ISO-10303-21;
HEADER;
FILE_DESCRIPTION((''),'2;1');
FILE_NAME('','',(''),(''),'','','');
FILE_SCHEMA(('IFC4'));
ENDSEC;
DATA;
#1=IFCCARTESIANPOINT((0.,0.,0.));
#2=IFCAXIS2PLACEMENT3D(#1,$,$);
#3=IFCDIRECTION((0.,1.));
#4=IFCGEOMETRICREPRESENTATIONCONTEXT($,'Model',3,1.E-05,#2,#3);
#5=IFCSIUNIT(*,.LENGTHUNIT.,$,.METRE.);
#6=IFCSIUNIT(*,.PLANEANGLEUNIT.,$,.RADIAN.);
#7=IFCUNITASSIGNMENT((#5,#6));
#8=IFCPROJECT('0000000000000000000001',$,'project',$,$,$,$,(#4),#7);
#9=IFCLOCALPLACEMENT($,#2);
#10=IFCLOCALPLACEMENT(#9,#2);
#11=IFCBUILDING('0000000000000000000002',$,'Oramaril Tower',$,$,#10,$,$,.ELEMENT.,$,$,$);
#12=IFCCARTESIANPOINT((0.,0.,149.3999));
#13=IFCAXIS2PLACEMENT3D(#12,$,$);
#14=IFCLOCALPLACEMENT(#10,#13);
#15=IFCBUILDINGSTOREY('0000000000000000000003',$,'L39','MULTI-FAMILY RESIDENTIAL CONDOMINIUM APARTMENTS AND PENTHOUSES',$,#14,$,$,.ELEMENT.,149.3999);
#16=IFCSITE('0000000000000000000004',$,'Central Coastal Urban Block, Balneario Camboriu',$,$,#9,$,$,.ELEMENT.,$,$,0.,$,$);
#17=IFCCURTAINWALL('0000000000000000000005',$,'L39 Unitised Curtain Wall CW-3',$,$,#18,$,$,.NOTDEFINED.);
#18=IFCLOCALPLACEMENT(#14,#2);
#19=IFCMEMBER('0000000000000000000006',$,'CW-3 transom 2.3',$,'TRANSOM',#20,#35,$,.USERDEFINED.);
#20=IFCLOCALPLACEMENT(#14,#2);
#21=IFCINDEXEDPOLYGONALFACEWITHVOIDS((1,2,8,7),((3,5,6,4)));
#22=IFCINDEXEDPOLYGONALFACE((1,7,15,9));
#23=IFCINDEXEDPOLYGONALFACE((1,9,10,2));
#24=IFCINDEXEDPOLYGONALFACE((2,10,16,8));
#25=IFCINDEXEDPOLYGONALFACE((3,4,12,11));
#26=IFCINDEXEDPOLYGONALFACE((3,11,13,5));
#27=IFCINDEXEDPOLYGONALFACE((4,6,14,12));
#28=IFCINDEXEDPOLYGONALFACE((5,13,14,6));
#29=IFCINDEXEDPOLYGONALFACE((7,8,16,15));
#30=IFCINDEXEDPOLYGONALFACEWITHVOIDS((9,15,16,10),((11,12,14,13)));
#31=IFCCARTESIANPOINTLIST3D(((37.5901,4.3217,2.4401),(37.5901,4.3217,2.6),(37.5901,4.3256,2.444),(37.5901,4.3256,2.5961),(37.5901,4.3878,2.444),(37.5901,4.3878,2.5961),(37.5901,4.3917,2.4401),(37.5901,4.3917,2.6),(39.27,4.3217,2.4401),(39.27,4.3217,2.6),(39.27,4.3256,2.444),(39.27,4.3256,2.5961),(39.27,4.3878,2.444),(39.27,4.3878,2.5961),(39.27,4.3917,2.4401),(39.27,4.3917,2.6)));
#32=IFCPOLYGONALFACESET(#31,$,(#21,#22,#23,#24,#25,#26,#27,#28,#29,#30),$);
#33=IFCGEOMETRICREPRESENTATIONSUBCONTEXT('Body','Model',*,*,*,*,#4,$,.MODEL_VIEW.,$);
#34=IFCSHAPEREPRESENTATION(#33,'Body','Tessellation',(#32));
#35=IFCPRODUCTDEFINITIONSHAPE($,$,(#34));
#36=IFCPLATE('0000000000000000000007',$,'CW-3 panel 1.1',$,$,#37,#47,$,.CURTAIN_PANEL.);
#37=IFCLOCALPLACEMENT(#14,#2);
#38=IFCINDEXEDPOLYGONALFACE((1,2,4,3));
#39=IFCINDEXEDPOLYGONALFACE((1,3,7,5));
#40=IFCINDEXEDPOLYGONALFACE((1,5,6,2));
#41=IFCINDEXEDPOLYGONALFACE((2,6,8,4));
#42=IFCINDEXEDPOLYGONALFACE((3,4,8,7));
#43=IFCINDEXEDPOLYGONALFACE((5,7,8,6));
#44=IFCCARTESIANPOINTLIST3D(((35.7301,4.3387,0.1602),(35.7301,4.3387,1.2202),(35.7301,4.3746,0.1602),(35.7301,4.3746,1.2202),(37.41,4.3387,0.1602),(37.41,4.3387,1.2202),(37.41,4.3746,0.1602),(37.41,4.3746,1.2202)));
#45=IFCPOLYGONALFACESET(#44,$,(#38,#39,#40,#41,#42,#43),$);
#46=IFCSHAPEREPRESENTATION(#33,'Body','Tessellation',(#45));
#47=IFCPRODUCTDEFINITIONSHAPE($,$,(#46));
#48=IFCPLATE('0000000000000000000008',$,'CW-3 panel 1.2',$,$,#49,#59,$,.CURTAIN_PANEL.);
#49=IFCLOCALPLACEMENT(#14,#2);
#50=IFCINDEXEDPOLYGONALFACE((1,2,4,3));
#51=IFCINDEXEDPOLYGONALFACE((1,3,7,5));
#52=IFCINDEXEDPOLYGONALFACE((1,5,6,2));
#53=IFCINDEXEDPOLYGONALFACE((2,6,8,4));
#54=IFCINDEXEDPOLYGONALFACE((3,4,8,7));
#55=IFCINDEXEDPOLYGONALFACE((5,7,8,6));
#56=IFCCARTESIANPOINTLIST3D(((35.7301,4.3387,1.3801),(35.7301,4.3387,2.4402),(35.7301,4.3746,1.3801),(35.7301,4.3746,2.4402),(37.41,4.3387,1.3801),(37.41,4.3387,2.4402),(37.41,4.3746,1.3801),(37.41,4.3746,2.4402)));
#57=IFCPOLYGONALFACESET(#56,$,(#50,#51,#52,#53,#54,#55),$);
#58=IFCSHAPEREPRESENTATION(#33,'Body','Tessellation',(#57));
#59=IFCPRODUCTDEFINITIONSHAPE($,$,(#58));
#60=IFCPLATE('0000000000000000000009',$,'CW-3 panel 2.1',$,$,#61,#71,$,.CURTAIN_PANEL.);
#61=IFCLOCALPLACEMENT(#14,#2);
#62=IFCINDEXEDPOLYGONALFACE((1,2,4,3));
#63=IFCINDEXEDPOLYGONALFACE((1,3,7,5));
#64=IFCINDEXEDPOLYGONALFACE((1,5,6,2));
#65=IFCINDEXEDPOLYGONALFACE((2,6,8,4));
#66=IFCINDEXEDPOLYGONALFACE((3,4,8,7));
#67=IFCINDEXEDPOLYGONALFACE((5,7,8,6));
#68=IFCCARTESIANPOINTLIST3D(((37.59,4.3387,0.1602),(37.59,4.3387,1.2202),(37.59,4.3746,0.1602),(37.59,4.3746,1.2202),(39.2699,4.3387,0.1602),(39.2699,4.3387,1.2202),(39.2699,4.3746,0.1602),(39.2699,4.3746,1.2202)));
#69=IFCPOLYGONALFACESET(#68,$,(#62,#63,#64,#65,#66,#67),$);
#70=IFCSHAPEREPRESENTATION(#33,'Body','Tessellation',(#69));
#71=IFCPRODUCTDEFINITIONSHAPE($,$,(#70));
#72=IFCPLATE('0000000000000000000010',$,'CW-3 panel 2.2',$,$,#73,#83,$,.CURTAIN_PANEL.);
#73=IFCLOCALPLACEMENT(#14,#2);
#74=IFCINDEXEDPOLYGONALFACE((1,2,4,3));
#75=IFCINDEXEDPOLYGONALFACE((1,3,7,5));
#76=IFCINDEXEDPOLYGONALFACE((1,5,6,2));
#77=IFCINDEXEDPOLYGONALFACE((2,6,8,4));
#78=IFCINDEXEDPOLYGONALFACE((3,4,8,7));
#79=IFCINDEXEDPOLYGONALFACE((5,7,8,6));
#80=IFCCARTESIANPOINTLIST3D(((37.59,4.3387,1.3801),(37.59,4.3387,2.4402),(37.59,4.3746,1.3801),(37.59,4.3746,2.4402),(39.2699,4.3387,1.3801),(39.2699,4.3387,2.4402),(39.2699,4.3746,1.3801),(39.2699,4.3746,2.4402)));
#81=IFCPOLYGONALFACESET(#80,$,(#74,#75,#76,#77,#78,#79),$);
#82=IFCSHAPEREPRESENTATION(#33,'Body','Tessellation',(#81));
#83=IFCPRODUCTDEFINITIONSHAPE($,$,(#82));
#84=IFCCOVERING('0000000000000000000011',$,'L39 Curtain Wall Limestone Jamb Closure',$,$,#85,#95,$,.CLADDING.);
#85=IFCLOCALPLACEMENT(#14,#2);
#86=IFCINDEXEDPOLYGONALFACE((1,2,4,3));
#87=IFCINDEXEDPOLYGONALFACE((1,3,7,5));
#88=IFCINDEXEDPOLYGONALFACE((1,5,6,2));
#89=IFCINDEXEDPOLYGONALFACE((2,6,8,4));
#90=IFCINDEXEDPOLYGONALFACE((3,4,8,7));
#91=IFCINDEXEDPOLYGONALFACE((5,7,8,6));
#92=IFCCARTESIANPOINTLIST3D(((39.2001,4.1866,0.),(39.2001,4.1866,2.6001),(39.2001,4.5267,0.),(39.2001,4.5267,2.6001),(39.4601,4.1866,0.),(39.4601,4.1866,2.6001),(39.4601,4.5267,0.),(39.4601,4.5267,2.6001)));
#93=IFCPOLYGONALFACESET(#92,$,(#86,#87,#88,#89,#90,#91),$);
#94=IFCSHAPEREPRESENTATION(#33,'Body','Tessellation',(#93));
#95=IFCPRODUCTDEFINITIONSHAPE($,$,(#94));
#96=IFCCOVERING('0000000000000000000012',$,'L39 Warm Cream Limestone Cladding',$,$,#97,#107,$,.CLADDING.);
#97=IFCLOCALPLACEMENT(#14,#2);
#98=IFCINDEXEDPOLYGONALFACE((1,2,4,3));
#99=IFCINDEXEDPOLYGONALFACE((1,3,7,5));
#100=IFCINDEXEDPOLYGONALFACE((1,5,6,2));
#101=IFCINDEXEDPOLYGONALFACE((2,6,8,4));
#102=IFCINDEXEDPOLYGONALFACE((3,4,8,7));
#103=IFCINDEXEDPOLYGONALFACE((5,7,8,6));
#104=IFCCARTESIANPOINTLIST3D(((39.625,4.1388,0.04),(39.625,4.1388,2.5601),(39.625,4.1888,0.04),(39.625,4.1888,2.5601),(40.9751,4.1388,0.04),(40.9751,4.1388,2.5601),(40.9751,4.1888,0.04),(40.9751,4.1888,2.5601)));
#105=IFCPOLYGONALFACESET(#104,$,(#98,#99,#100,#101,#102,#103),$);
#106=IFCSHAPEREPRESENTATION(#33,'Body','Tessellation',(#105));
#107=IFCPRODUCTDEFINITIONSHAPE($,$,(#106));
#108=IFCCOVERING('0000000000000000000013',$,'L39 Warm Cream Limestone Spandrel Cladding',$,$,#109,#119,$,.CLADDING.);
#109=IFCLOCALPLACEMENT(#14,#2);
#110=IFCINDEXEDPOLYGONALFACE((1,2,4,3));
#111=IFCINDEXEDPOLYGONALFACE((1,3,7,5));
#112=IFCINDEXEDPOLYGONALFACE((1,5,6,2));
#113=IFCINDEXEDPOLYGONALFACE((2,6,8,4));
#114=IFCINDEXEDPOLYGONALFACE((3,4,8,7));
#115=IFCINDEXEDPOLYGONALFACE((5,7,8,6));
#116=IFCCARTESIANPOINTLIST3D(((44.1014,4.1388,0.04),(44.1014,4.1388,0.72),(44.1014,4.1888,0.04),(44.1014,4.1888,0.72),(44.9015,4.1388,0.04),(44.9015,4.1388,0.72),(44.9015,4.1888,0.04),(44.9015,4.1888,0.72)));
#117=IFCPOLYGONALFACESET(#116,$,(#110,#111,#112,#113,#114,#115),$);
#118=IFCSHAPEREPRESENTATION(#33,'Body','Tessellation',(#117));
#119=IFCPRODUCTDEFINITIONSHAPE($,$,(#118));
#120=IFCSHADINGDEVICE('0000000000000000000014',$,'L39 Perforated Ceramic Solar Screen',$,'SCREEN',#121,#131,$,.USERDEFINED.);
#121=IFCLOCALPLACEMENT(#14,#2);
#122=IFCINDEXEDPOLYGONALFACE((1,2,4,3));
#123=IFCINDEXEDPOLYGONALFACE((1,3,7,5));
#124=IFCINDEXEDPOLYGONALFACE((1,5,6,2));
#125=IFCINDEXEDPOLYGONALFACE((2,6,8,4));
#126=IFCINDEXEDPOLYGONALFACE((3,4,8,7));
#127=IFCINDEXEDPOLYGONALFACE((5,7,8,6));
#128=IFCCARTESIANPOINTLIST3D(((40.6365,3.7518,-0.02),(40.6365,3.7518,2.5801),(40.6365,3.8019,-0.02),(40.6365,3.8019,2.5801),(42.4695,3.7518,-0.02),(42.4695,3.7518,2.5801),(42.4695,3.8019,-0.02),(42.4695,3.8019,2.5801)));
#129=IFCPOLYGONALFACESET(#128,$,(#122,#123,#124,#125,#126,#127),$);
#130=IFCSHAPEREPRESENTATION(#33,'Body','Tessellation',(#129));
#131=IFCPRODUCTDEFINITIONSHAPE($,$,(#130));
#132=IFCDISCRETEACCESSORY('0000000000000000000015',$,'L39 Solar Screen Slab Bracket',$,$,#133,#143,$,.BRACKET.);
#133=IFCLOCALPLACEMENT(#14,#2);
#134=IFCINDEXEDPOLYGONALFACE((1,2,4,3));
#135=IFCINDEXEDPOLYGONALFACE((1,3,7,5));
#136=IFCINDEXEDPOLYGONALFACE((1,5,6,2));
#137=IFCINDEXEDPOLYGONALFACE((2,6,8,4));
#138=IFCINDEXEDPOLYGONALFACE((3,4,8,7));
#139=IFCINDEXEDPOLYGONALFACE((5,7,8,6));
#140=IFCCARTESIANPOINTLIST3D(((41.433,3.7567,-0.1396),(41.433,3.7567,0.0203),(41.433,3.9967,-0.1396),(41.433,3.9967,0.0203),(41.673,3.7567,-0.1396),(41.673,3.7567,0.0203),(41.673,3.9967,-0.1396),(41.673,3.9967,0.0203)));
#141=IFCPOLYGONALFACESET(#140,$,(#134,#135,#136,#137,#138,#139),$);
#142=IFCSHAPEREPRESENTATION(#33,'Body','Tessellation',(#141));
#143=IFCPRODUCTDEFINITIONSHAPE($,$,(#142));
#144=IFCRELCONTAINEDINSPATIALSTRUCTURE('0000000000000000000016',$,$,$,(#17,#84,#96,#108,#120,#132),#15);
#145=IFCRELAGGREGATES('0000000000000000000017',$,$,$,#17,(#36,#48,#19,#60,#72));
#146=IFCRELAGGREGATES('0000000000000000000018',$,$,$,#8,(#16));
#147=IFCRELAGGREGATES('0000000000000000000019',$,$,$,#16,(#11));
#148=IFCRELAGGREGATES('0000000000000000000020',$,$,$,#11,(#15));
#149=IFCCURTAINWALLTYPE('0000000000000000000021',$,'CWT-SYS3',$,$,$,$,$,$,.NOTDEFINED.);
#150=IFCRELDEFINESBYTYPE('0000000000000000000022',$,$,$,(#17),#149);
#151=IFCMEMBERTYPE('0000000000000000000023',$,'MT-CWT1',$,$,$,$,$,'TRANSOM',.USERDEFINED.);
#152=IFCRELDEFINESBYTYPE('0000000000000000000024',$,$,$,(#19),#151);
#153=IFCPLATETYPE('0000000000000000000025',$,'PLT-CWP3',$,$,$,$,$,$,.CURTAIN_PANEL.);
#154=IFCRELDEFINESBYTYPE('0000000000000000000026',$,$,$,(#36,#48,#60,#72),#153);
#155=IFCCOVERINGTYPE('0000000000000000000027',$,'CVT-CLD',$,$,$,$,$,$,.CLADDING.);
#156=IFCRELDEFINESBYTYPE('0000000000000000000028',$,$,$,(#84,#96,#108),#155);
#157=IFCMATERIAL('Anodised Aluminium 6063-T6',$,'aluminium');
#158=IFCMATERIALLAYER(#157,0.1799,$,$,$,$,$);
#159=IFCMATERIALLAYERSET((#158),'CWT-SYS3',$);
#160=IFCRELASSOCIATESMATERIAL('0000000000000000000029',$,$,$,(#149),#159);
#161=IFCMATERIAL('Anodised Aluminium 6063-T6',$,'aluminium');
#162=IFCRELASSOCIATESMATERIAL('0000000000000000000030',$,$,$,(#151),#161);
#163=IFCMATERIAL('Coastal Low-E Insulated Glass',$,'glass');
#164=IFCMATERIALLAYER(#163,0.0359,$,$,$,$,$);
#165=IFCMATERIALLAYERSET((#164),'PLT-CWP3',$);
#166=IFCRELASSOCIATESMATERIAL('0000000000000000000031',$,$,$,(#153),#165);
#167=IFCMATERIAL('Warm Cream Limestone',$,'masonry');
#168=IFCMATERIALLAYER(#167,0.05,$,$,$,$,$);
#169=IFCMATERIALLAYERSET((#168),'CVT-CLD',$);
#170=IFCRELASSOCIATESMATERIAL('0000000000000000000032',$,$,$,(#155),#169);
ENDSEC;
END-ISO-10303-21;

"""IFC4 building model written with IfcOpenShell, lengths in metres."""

from ifc_helpers import new_model, si_unit, direction, frame, origin, origin_2d, place, context, subcontext, project, spatial, rectangle, hollow_rectangle, extrude, material, layer, layer_set, material_profile, profile_set, type_object, element, aggregate, save


model = new_model("IFC4")

# Units and contexts
model_context = context("Model", 3, precision=1e-05, world=origin(), true_north=direction((0.0, 1.0)))
body_context = subcontext(model_context, "Body", "Model", "MODEL_VIEW")
ifc_project = project(units=[si_unit("LENGTHUNIT", "METRE"), si_unit("PLANEANGLEUNIT", "RADIAN")], contexts=[model_context])

# Site, building, storey
site_placement = place(None, origin())
site = spatial("IfcSite", under=ifc_project, at=site_placement, Name="Central Coastal Urban Block, Balneario Camboriu", CompositionType="ELEMENT", RefElevation=0.0)
building_placement = place(site_placement, origin())
building = spatial("IfcBuilding", under=site, at=building_placement, Name="Oramaril Tower", CompositionType="ELEMENT")
storey_placement = place(building_placement, frame((0.0, 0.0, 149.3999)))
storey = spatial("IfcBuildingStorey", under=building, at=storey_placement, Name="L39", Description="MULTI-FAMILY RESIDENTIAL CONDOMINIUM APARTMENTS AND PENTHOUSES", CompositionType="ELEMENT", Elevation=149.3999)

# Curtain wall, member, plates
ifc_material_1 = material(Name="Anodised Aluminium 6063-T6", Category="aluminium")
ifc_layer_1 = layer(ifc_material_1, 0.1799)
ifc_layer_set_1 = layer_set([ifc_layer_1], Name="CWT-SYS3")
curtain_wall_type = type_object("IfcCurtainWallType", Name="CWT-SYS3", PredefinedType="NOTDEFINED", material=ifc_layer_set_1)
curtain_wall_placement = place(storey_placement, origin())
curtain_wall = element("IfcCurtainWall", 1, at=curtain_wall_placement, inside=storey, type_object=curtain_wall_type, Name="L39 Unitised Curtain Wall CW-3", PredefinedType="NOTDEFINED")
ifc_material_2 = material(Name="Anodised Aluminium 6063-T6", Category="aluminium")
ifc_material_profile_1 = material_profile(ifc_material_2, hollow_rectangle(XDim=0.0701, YDim=0.1599, WallThickness=0.0039, at=origin_2d()), Name="CWT160X70")
ifc_profile_set_1 = profile_set([ifc_material_profile_1], Name="Anodised Aluminium 6063-T6")
member_type_1 = type_object("IfcMemberType", Name="MT-CWT1", ElementType="TRANSOM", PredefinedType="USERDEFINED", material=ifc_profile_set_1)
member_1_placement = place(storey_placement, frame((37.5901, 4.3567, 2.52), z_axis=(1.0, 0.0, 0.0), x_axis=(0.0, 1.0, 0.0)))
member_1 = element("IfcMember", 2, at=member_1_placement, type_object=member_type_1, Name="CW-3 transom 2.3", ObjectType="TRANSOM", PredefinedType="USERDEFINED", context=body_context, shape_type="SweptSolid", body=[
    extrude(hollow_rectangle(XDim=0.0701, YDim=0.1599, WallThickness=0.0039, at=origin_2d()), origin(), (0.0, 0.0, 1.0), 1.6799),
])
ifc_material_3 = material(Name="Coastal Low-E Insulated Glass", Category="glass")
ifc_layer_2 = layer(ifc_material_3, 0.0359)
ifc_layer_set_2 = layer_set([ifc_layer_2], Name="PLT-CWP3")
plate_type = type_object("IfcPlateType", Name="PLT-CWP3", PredefinedType="CURTAIN_PANEL", material=ifc_layer_set_2)
plate_1_placement = place(storey_placement, frame((36.5701, 4.3567, 0.1602), z_axis=(0.0, 0.0, 1.0), x_axis=(1.0, 0.0, 0.0)))
plate_1 = element("IfcPlate", 3, at=plate_1_placement, type_object=plate_type, Name="CW-3 panel 1.1", PredefinedType="CURTAIN_PANEL", context=body_context, shape_type="SweptSolid", body=[
    extrude(rectangle(XDim=1.6799, YDim=0.0359, at=origin_2d()), origin(), (0.0, 0.0, 1.0), 1.0601),
])
plate_2_placement = place(storey_placement, frame((36.5701, 4.3567, 1.3801), z_axis=(0.0, 0.0, 1.0), x_axis=(1.0, 0.0, 0.0)))
plate_2 = element("IfcPlate", 4, at=plate_2_placement, type_object=plate_type, Name="CW-3 panel 1.2", PredefinedType="CURTAIN_PANEL", context=body_context, shape_type="SweptSolid", body=[
    extrude(rectangle(XDim=1.6799, YDim=0.0359, at=origin_2d()), origin(), (0.0, 0.0, 1.0), 1.0601),
])
plate_3_placement = place(storey_placement, frame((38.4299, 4.3567, 0.1602), z_axis=(0.0, 0.0, 1.0), x_axis=(1.0, 0.0, 0.0)))
plate_3 = element("IfcPlate", 5, at=plate_3_placement, type_object=plate_type, Name="CW-3 panel 2.1", PredefinedType="CURTAIN_PANEL", context=body_context, shape_type="SweptSolid", body=[
    extrude(rectangle(XDim=1.6799, YDim=0.0359, at=origin_2d()), origin(), (0.0, 0.0, 1.0), 1.0601),
])
plate_4_placement = place(storey_placement, frame((38.4299, 4.3567, 1.3801), z_axis=(0.0, 0.0, 1.0), x_axis=(1.0, 0.0, 0.0)))
plate_4 = element("IfcPlate", 6, at=plate_4_placement, type_object=plate_type, Name="CW-3 panel 2.2", PredefinedType="CURTAIN_PANEL", context=body_context, shape_type="SweptSolid", body=[
    extrude(rectangle(XDim=1.6799, YDim=0.0359, at=origin_2d()), origin(), (0.0, 0.0, 1.0), 1.0601),
])
aggregate(curtain_wall, [plate_1, plate_2, member_1, plate_3, plate_4])

# Coverings
ifc_material_4 = material(Name="Warm Cream Limestone", Category="masonry")
ifc_layer_3 = layer(ifc_material_4, 0.05)
ifc_layer_set_3 = layer_set([ifc_layer_3], Name="CVT-CLD")
covering_type = type_object("IfcCoveringType", Name="CVT-CLD", PredefinedType="CLADDING", material=ifc_layer_set_3)
covering_1_placement = place(storey_placement, frame((39.3301, 4.3567, 0.0), z_axis=(0.0, 0.0, 1.0), x_axis=(1.0, 0.0, 0.0)))
element("IfcCovering", 7, at=covering_1_placement, inside=storey, type_object=covering_type, Name="L39 Curtain Wall Limestone Jamb Closure", PredefinedType="CLADDING", context=body_context, shape_type="SweptSolid", body=[
    extrude(rectangle(XDim=0.26, YDim=0.3401, at=origin_2d()), origin(), (0.0, 0.0, 1.0), 2.6001),
])
covering_2_placement = place(storey_placement, frame((40.3, 4.1638, 0.04), z_axis=(0.0, 0.0, 1.0), x_axis=(1.0, 0.0, 0.0)))
element("IfcCovering", 8, at=covering_2_placement, inside=storey, type_object=covering_type, Name="L39 Warm Cream Limestone Cladding", PredefinedType="CLADDING", context=body_context, shape_type="SweptSolid", body=[
    extrude(rectangle(XDim=1.3501, YDim=0.05, at=origin_2d()), origin(), (0.0, 0.0, 1.0), 2.52),
])
covering_3_placement = place(storey_placement, frame((44.5015, 4.1638, 0.04), z_axis=(0.0, 0.0, 1.0), x_axis=(1.0, 0.0, 0.0)))
element("IfcCovering", 9, at=covering_3_placement, inside=storey, type_object=covering_type, Name="L39 Warm Cream Limestone Spandrel Cladding", PredefinedType="CLADDING", context=body_context, shape_type="SweptSolid", body=[
    extrude(rectangle(XDim=0.8, YDim=0.05, at=origin_2d()), origin(), (0.0, 0.0, 1.0), 0.6799),
])

# Shading device
shading_device_placement = place(storey_placement, frame((41.553, 3.7769, -0.02), z_axis=(0.0, 0.0, 1.0), x_axis=(1.0, 0.0, 0.0)))
element("IfcShadingDevice", 10, at=shading_device_placement, inside=storey, Name="L39 Perforated Ceramic Solar Screen", ObjectType="SCREEN", PredefinedType="USERDEFINED", context=body_context, shape_type="SweptSolid", body=[
    extrude(rectangle(XDim=1.833, YDim=0.05, at=origin_2d()), origin(), (0.0, 0.0, 1.0), 2.6001),
])

# Discrete accessory
discrete_accessory_placement = place(storey_placement, frame((41.553, 3.8767, -0.1396), z_axis=(0.0, 0.0, 1.0), x_axis=(1.0, 0.0, 0.0)))
element("IfcDiscreteAccessory", 11, at=discrete_accessory_placement, inside=storey, Name="L39 Solar Screen Slab Bracket", PredefinedType="BRACKET", context=body_context, shape_type="SweptSolid", body=[
    extrude(rectangle(XDim=0.24, YDim=0.24, at=origin_2d()), origin(), (0.0, 0.0, 1.0), 0.1599),
])

save(model, "model.ifc")
